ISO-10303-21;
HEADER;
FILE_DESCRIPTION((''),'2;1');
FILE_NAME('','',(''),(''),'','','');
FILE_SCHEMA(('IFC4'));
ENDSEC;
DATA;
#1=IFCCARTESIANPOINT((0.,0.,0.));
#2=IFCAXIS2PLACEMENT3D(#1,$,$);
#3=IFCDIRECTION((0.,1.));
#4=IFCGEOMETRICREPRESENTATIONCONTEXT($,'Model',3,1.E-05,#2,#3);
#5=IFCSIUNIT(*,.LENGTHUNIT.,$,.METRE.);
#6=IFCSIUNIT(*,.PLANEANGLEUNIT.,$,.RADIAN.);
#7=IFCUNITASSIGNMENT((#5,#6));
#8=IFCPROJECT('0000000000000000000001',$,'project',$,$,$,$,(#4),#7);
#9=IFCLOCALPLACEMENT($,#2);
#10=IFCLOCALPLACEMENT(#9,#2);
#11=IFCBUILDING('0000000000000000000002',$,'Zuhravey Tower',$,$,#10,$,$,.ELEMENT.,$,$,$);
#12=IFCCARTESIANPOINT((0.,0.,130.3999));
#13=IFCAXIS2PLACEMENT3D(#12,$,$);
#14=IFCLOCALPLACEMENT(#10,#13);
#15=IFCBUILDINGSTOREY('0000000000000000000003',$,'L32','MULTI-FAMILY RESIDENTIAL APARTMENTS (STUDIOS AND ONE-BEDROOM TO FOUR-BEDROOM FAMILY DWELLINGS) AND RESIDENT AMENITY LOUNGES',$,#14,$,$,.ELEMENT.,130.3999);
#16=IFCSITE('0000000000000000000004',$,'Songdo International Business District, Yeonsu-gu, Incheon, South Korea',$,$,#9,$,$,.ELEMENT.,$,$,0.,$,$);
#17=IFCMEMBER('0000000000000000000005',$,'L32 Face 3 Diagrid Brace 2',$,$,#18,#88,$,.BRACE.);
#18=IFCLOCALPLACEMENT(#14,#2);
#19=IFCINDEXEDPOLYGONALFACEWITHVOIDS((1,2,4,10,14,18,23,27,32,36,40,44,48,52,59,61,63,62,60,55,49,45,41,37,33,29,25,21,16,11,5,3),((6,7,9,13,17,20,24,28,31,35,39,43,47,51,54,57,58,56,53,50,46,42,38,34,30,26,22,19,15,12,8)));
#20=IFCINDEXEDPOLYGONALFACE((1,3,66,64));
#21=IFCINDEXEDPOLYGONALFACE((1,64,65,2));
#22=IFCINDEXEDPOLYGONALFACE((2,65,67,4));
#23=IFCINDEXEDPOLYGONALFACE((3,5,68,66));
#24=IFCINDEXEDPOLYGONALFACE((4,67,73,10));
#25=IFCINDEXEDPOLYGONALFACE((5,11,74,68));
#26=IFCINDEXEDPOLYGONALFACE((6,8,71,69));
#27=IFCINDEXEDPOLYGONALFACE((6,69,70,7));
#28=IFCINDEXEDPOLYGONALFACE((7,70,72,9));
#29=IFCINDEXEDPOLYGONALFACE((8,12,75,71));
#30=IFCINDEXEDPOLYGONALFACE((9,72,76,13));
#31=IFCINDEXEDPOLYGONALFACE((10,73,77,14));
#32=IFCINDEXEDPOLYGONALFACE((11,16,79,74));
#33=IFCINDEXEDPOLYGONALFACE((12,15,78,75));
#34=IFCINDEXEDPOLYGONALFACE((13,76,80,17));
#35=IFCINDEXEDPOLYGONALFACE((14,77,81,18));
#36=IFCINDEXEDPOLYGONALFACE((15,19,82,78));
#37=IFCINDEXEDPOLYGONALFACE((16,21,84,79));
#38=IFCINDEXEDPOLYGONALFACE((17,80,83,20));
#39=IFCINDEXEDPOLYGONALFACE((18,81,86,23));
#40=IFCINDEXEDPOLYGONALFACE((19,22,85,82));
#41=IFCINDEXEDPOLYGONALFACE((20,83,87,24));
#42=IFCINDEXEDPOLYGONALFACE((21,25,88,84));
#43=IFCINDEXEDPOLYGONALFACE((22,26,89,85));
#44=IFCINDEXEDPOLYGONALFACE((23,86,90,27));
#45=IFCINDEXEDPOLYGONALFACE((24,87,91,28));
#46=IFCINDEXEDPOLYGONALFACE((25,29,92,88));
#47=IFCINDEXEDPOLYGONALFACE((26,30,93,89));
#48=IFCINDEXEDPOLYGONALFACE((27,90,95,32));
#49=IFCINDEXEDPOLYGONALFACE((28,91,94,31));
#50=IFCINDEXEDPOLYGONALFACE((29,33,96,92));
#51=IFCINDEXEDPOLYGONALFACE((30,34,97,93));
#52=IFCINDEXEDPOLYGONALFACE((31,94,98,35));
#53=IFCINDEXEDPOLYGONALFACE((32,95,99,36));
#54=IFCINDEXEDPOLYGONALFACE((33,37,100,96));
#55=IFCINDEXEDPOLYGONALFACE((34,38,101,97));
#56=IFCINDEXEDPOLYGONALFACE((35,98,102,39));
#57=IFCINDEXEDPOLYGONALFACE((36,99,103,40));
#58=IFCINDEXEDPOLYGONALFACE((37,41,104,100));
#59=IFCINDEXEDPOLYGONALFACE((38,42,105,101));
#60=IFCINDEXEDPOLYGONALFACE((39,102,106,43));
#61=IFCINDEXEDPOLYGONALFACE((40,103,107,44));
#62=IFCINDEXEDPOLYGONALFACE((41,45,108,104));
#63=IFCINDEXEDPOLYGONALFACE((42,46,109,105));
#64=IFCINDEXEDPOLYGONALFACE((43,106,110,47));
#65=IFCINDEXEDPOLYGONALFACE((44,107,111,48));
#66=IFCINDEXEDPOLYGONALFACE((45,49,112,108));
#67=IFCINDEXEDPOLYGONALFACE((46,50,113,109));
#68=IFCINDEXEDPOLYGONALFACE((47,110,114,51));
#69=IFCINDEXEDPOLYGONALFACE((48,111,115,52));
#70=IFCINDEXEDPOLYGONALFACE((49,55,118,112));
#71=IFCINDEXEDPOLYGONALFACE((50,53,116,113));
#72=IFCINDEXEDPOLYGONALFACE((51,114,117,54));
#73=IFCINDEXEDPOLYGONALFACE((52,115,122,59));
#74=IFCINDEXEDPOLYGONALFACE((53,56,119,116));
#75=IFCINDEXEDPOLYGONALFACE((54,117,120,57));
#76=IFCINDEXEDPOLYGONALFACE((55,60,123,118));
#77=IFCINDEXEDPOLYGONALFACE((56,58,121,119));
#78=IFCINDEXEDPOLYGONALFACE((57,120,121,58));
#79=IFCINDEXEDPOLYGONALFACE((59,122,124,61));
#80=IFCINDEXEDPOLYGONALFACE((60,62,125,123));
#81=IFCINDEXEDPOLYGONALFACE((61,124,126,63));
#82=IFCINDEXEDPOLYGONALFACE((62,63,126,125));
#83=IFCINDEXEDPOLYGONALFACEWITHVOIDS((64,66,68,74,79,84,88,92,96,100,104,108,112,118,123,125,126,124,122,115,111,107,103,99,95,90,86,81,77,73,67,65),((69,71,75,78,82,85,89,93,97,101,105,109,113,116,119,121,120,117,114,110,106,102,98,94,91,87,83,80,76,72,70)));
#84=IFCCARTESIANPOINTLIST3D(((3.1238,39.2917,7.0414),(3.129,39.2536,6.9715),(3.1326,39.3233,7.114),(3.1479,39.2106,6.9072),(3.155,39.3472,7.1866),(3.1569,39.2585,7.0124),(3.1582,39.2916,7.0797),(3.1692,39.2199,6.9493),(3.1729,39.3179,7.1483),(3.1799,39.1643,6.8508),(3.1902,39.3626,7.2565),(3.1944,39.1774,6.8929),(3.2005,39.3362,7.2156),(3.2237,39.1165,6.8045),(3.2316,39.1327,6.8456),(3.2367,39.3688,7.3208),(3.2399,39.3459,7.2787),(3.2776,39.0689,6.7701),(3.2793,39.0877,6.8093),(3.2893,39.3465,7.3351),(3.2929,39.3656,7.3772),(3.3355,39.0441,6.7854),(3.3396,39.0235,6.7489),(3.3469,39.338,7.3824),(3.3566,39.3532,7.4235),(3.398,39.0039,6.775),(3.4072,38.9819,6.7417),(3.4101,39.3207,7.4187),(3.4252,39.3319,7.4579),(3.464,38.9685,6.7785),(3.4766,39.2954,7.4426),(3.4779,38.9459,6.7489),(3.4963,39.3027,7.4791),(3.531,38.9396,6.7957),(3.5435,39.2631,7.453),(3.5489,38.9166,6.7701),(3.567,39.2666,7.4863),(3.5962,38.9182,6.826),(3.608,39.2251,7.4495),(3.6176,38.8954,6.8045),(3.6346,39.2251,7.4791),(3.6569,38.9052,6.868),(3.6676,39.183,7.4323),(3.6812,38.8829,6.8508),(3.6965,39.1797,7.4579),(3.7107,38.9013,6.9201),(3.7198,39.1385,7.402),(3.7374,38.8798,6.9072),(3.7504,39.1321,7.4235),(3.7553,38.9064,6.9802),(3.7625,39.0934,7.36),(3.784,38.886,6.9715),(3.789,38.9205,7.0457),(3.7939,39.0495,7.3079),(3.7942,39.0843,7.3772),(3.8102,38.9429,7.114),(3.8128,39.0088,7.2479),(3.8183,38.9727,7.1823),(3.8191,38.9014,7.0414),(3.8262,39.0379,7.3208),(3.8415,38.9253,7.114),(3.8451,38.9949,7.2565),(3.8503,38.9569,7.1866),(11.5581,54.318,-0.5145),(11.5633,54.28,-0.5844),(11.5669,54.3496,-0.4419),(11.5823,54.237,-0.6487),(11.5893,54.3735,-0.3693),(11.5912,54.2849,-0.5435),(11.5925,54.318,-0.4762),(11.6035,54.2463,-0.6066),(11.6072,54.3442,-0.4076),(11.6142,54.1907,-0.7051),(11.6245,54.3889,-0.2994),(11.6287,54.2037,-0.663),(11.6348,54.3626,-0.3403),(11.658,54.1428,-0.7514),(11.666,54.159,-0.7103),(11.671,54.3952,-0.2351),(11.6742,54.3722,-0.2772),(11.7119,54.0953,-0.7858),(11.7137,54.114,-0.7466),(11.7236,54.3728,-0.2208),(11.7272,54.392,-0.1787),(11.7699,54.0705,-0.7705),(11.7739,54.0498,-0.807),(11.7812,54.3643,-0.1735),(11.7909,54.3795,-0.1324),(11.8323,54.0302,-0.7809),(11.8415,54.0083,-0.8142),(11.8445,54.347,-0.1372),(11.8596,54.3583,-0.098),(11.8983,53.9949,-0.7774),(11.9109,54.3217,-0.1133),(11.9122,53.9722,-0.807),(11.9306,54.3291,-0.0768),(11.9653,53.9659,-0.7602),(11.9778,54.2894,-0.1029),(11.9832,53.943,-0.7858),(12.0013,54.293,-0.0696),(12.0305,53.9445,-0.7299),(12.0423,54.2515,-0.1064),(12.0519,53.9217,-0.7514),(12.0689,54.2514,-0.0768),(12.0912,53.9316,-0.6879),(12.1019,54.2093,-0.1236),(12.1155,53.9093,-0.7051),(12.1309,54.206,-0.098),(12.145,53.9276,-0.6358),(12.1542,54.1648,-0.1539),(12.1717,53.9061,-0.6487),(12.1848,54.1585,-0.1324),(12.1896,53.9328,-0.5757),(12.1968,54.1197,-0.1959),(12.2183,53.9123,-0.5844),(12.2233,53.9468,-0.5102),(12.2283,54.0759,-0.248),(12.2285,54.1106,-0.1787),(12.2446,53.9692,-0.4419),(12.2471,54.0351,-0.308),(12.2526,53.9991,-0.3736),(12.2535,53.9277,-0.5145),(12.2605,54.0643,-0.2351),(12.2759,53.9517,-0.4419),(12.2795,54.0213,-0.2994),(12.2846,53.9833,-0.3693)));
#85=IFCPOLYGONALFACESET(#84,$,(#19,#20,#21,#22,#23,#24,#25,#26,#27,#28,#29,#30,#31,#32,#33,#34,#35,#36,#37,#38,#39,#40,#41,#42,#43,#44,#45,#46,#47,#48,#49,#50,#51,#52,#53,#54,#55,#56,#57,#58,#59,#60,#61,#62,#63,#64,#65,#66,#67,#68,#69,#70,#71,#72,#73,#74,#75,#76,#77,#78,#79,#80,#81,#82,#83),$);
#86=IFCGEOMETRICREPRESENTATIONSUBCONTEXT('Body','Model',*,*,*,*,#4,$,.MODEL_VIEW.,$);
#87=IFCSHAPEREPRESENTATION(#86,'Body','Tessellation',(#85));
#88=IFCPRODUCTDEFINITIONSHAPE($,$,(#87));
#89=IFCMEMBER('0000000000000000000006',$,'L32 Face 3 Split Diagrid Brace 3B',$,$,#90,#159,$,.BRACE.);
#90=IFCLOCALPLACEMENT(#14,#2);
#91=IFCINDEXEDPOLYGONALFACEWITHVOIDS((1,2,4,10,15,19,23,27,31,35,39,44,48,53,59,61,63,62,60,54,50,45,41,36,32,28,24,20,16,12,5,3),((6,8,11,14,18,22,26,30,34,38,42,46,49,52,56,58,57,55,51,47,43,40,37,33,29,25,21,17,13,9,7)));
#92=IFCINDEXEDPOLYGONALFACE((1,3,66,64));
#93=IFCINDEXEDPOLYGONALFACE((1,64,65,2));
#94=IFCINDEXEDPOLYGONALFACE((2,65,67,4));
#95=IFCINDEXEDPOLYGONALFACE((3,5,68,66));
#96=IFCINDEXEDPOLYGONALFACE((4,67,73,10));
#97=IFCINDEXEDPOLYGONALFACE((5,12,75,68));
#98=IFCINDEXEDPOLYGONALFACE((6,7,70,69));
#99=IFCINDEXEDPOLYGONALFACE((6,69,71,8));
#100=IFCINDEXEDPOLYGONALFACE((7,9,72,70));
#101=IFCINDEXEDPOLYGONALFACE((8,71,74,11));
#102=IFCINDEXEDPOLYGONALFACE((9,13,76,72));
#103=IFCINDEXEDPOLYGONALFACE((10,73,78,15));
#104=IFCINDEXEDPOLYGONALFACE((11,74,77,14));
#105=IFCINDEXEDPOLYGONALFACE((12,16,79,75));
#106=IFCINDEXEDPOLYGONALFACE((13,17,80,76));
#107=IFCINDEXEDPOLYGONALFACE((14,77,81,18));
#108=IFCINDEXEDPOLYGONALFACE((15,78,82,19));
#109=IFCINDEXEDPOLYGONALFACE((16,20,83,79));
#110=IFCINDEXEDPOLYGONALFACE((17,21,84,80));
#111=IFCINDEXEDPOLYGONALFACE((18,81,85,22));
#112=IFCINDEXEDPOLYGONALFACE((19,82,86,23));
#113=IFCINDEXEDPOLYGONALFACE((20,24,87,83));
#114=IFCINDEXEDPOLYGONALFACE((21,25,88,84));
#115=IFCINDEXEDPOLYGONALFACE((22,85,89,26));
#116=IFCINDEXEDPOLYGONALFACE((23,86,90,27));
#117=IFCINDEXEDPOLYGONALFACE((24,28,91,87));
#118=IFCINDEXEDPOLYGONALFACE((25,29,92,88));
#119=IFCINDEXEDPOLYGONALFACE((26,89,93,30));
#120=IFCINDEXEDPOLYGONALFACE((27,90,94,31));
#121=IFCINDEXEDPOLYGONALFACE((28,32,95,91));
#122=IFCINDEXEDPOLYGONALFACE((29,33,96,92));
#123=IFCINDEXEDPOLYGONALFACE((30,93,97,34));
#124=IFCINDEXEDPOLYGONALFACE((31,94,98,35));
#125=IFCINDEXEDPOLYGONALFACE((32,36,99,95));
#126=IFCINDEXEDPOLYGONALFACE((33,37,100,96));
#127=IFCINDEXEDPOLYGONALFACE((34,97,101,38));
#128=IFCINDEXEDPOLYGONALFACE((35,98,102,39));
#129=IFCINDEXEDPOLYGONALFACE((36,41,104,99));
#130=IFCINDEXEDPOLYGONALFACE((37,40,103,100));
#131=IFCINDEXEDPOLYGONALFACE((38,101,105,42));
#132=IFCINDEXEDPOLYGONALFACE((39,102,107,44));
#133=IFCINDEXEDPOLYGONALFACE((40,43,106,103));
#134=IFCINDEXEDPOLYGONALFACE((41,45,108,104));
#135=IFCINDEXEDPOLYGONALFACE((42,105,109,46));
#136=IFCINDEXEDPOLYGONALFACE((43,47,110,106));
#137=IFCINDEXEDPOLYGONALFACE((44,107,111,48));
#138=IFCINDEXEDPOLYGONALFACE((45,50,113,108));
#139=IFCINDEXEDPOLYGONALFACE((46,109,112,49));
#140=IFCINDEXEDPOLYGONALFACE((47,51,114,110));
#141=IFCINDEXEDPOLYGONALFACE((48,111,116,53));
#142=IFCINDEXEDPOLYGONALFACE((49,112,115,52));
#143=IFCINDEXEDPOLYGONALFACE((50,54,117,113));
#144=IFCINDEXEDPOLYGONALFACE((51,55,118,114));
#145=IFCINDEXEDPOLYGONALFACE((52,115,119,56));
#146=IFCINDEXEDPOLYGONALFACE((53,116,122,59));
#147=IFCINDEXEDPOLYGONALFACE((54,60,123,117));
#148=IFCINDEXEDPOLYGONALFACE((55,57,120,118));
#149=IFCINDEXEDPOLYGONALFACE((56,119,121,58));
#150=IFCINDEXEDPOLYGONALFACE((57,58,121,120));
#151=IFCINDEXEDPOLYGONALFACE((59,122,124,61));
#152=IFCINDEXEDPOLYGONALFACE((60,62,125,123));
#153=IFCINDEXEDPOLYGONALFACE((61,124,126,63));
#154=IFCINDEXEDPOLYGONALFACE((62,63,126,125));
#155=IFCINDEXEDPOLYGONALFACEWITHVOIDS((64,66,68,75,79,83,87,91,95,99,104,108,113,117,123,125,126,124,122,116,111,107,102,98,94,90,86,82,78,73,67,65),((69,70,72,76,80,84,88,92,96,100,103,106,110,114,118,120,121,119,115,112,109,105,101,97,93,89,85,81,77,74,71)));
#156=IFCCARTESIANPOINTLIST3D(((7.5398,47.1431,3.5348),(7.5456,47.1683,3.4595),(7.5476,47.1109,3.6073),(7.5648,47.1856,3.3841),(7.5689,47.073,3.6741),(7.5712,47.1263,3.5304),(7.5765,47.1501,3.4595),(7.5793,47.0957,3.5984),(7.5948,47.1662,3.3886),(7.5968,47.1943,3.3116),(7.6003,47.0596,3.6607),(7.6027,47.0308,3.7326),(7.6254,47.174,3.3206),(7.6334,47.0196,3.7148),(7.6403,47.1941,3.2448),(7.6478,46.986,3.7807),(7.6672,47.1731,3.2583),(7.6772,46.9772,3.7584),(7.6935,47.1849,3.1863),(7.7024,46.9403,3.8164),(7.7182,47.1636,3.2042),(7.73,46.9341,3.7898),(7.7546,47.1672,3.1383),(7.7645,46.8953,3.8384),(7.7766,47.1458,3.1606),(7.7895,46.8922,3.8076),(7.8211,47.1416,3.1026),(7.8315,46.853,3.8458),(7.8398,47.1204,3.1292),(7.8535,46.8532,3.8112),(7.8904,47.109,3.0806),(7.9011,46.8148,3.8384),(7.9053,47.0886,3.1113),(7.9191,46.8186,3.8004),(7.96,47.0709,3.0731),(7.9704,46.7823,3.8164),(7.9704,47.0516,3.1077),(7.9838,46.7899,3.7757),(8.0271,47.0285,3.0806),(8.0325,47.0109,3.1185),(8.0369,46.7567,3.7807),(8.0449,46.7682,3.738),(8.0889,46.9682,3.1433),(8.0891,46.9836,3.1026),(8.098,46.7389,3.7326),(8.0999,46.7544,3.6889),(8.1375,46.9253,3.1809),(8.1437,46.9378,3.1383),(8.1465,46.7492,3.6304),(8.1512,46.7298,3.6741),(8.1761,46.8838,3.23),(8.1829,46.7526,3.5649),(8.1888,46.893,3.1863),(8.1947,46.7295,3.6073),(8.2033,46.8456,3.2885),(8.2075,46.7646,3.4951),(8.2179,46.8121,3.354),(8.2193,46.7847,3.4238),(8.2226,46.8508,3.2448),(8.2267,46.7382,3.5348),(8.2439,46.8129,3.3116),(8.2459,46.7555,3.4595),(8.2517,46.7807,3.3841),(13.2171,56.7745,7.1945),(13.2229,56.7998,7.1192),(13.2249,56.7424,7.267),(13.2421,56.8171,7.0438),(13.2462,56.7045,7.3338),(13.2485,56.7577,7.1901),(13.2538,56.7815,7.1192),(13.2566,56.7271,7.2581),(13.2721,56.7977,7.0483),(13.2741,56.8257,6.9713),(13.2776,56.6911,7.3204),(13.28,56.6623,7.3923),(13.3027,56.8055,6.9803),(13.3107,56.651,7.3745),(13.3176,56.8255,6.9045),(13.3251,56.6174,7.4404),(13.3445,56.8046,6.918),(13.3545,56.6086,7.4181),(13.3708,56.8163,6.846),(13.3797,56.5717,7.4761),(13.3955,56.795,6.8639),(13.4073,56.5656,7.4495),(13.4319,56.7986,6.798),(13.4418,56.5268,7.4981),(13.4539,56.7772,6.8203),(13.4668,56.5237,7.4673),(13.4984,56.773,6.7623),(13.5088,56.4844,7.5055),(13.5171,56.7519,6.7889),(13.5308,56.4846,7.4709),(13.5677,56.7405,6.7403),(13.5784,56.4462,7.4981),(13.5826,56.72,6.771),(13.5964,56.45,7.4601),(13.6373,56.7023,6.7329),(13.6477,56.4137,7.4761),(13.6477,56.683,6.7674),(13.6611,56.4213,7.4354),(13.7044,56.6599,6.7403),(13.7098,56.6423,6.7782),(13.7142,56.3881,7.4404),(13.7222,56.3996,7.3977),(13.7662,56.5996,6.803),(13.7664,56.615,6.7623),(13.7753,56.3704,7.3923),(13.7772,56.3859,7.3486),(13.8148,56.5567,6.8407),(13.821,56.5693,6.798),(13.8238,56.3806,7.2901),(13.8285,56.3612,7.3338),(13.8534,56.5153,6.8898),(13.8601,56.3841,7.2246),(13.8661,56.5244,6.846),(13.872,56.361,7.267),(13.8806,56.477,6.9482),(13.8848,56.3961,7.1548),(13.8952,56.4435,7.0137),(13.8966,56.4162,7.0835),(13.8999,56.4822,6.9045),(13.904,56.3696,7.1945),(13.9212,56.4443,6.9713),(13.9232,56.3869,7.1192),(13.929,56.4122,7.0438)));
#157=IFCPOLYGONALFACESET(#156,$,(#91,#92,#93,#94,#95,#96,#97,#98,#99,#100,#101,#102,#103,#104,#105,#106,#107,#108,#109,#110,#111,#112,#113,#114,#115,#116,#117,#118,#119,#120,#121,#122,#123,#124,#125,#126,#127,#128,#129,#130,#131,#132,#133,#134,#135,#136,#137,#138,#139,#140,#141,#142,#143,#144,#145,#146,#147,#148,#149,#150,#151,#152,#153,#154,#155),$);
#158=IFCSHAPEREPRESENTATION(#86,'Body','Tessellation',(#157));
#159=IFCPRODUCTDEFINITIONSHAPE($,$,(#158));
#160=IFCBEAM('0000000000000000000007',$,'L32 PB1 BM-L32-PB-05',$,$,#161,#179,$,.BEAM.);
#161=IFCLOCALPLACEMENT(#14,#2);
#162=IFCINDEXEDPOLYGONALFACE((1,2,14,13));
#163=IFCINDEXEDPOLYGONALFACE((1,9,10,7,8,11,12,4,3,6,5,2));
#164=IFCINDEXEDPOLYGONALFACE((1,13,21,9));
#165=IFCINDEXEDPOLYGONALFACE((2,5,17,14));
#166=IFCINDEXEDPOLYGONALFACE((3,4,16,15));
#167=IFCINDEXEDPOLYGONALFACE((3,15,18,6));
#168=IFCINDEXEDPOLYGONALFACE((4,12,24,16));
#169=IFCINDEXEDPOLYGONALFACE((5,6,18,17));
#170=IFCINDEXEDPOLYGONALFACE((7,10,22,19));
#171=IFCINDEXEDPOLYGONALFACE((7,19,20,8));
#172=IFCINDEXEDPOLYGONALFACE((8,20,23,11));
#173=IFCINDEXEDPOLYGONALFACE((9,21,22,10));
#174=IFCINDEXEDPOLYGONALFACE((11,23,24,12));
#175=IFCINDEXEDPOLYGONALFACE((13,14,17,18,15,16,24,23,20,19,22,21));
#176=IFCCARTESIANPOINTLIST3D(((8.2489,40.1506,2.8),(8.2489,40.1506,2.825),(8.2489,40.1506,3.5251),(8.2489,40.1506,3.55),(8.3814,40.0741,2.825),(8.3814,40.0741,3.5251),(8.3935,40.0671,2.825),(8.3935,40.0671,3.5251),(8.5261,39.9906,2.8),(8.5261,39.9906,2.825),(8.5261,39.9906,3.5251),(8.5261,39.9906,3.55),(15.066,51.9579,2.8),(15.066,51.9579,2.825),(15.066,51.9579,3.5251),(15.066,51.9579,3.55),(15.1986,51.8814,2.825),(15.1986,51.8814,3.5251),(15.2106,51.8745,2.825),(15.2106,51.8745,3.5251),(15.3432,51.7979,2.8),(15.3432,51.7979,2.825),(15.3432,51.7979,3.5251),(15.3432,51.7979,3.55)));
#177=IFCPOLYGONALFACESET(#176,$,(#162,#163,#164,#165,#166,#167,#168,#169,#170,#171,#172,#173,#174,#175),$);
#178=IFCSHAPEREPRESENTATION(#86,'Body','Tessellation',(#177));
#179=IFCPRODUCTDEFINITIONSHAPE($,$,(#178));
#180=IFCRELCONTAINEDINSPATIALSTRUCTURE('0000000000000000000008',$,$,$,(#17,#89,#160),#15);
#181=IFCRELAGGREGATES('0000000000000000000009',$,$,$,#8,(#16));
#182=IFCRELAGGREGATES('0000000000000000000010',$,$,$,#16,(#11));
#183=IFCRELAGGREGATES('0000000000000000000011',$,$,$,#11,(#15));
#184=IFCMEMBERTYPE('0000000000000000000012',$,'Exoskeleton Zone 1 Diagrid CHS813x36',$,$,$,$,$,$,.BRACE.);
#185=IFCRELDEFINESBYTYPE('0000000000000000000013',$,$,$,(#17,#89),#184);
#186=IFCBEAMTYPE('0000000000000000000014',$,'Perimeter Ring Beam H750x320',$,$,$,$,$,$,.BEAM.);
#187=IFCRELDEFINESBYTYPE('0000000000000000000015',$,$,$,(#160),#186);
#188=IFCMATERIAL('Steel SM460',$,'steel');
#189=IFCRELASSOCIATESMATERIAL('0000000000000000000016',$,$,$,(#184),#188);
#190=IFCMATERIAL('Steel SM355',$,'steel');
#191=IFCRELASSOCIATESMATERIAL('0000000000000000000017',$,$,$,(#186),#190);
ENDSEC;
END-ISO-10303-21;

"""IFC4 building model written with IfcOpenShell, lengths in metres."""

from ifc_helpers import new_model, si_unit, direction, frame, origin, origin_2d, place, context, subcontext, project, spatial, hollow_circle, i_section, extrude, material, material_profile, profile_set, type_object, element, save


model = new_model("IFC4")

# Units and contexts
model_context = context("Model", 3, precision=1e-05, world=origin(), true_north=direction((0.0, 1.0)))
body_context = subcontext(model_context, "Body", "Model", "MODEL_VIEW")
ifc_project = project(units=[si_unit("LENGTHUNIT", "METRE"), si_unit("PLANEANGLEUNIT", "RADIAN")], contexts=[model_context])

# Site, building, storey
site_placement = place(None, origin())
site = spatial("IfcSite", under=ifc_project, at=site_placement, Name="Songdo International Business District, Yeonsu-gu, Incheon, South Korea", CompositionType="ELEMENT", RefElevation=0.0)
building_placement = place(site_placement, origin())
building = spatial("IfcBuilding", under=site, at=building_placement, Name="Zuhravey Tower", CompositionType="ELEMENT")
storey_placement = place(building_placement, frame((0.0, 0.0, 130.3999)))
storey = spatial("IfcBuildingStorey", under=building, at=storey_placement, Name="L32", Description="MULTI-FAMILY RESIDENTIAL APARTMENTS (STUDIOS AND ONE-BEDROOM TO FOUR-BEDROOM FAMILY DWELLINGS) AND RESIDENT AMENITY LOUNGES", CompositionType="ELEMENT", Elevation=130.3999)

# Members
ifc_material_1 = material(Name="Steel SM355", Category="steel")
ifc_material_2 = material(Name="Steel SM460", Category="steel")
ifc_material_profile_1 = material_profile(ifc_material_2, hollow_circle(Radius=0.4065, WallThickness=0.0359, at=origin_2d()), Name="CHS-812.8x36")
ifc_profile_set_1 = profile_set([ifc_material_profile_1], Name="Steel SM460")
member_type_1 = type_object("IfcMemberType", Name="Exoskeleton Zone 1 Diagrid CHS813x36", PredefinedType="BRACE", material=ifc_profile_set_1)
member_1_placement = place(storey_placement, frame((11.9214, 54.1506, -0.4419), z_axis=(-0.448266, -0.798618, 0.40158), x_axis=(0.872022, -0.489467, 0.0)))
element("IfcMember", 1, at=member_1_placement, inside=storey, type_object=member_type_1, Name="L32 Face 3 Diagrid Brace 2", PredefinedType="BRACE", context=body_context, shape_type="SweptSolid", body=[
    extrude(hollow_circle(Radius=0.4065, WallThickness=0.0359, at=origin_2d()), origin(), (0.0, 0.0, 1.0), 18.8154),
])
member_2_placement = place(storey_placement, frame((7.8958, 46.9619, 3.4595), z_axis=(0.482603, 0.818727, 0.311096), x_axis=(-0.861475, 0.507801, 0.0)))
element("IfcMember", 2, at=member_2_placement, inside=storey, type_object=member_type_1, Name="L32 Face 3 Split Diagrid Brace 3B", PredefinedType="BRACE", context=body_context, shape_type="SweptSolid", body=[
    extrude(hollow_circle(Radius=0.4065, WallThickness=0.0359, at=origin_2d()), origin(), (0.0, 0.0, 1.0), 11.7639),
])

# Beam
ifc_material_profile_2 = material_profile(ifc_material_1, i_section(OverallWidth=0.3201, OverallDepth=0.75, WebThickness=0.0139, FlangeThickness=0.0249, at=origin_2d()), Name="H-750x320x14x25")
ifc_profile_set_2 = profile_set([ifc_material_profile_2], Name="Steel SM355")
beam_type_1 = type_object("IfcBeamType", Name="Perimeter Ring Beam H750x320", PredefinedType="BEAM", material=ifc_profile_set_2)
beam_1_placement = place(storey_placement, frame((15.2046, 51.8779, 3.175), z_axis=(-0.500008, -0.866021, 0.0), x_axis=(0.866021, -0.500008, 0.0)))
element("IfcBeam", 3, at=beam_1_placement, inside=storey, type_object=beam_type_1, Name="L32 PB1 BM-L32-PB-05", PredefinedType="BEAM", context=body_context, shape_type="SweptSolid", body=[
    extrude(i_section(OverallWidth=0.3201, OverallDepth=0.75, WebThickness=0.0139, FlangeThickness=0.0249, at=origin_2d()), origin(), (0.0, 0.0, 1.0), 13.634),
])

save(model, "model.ifc")
